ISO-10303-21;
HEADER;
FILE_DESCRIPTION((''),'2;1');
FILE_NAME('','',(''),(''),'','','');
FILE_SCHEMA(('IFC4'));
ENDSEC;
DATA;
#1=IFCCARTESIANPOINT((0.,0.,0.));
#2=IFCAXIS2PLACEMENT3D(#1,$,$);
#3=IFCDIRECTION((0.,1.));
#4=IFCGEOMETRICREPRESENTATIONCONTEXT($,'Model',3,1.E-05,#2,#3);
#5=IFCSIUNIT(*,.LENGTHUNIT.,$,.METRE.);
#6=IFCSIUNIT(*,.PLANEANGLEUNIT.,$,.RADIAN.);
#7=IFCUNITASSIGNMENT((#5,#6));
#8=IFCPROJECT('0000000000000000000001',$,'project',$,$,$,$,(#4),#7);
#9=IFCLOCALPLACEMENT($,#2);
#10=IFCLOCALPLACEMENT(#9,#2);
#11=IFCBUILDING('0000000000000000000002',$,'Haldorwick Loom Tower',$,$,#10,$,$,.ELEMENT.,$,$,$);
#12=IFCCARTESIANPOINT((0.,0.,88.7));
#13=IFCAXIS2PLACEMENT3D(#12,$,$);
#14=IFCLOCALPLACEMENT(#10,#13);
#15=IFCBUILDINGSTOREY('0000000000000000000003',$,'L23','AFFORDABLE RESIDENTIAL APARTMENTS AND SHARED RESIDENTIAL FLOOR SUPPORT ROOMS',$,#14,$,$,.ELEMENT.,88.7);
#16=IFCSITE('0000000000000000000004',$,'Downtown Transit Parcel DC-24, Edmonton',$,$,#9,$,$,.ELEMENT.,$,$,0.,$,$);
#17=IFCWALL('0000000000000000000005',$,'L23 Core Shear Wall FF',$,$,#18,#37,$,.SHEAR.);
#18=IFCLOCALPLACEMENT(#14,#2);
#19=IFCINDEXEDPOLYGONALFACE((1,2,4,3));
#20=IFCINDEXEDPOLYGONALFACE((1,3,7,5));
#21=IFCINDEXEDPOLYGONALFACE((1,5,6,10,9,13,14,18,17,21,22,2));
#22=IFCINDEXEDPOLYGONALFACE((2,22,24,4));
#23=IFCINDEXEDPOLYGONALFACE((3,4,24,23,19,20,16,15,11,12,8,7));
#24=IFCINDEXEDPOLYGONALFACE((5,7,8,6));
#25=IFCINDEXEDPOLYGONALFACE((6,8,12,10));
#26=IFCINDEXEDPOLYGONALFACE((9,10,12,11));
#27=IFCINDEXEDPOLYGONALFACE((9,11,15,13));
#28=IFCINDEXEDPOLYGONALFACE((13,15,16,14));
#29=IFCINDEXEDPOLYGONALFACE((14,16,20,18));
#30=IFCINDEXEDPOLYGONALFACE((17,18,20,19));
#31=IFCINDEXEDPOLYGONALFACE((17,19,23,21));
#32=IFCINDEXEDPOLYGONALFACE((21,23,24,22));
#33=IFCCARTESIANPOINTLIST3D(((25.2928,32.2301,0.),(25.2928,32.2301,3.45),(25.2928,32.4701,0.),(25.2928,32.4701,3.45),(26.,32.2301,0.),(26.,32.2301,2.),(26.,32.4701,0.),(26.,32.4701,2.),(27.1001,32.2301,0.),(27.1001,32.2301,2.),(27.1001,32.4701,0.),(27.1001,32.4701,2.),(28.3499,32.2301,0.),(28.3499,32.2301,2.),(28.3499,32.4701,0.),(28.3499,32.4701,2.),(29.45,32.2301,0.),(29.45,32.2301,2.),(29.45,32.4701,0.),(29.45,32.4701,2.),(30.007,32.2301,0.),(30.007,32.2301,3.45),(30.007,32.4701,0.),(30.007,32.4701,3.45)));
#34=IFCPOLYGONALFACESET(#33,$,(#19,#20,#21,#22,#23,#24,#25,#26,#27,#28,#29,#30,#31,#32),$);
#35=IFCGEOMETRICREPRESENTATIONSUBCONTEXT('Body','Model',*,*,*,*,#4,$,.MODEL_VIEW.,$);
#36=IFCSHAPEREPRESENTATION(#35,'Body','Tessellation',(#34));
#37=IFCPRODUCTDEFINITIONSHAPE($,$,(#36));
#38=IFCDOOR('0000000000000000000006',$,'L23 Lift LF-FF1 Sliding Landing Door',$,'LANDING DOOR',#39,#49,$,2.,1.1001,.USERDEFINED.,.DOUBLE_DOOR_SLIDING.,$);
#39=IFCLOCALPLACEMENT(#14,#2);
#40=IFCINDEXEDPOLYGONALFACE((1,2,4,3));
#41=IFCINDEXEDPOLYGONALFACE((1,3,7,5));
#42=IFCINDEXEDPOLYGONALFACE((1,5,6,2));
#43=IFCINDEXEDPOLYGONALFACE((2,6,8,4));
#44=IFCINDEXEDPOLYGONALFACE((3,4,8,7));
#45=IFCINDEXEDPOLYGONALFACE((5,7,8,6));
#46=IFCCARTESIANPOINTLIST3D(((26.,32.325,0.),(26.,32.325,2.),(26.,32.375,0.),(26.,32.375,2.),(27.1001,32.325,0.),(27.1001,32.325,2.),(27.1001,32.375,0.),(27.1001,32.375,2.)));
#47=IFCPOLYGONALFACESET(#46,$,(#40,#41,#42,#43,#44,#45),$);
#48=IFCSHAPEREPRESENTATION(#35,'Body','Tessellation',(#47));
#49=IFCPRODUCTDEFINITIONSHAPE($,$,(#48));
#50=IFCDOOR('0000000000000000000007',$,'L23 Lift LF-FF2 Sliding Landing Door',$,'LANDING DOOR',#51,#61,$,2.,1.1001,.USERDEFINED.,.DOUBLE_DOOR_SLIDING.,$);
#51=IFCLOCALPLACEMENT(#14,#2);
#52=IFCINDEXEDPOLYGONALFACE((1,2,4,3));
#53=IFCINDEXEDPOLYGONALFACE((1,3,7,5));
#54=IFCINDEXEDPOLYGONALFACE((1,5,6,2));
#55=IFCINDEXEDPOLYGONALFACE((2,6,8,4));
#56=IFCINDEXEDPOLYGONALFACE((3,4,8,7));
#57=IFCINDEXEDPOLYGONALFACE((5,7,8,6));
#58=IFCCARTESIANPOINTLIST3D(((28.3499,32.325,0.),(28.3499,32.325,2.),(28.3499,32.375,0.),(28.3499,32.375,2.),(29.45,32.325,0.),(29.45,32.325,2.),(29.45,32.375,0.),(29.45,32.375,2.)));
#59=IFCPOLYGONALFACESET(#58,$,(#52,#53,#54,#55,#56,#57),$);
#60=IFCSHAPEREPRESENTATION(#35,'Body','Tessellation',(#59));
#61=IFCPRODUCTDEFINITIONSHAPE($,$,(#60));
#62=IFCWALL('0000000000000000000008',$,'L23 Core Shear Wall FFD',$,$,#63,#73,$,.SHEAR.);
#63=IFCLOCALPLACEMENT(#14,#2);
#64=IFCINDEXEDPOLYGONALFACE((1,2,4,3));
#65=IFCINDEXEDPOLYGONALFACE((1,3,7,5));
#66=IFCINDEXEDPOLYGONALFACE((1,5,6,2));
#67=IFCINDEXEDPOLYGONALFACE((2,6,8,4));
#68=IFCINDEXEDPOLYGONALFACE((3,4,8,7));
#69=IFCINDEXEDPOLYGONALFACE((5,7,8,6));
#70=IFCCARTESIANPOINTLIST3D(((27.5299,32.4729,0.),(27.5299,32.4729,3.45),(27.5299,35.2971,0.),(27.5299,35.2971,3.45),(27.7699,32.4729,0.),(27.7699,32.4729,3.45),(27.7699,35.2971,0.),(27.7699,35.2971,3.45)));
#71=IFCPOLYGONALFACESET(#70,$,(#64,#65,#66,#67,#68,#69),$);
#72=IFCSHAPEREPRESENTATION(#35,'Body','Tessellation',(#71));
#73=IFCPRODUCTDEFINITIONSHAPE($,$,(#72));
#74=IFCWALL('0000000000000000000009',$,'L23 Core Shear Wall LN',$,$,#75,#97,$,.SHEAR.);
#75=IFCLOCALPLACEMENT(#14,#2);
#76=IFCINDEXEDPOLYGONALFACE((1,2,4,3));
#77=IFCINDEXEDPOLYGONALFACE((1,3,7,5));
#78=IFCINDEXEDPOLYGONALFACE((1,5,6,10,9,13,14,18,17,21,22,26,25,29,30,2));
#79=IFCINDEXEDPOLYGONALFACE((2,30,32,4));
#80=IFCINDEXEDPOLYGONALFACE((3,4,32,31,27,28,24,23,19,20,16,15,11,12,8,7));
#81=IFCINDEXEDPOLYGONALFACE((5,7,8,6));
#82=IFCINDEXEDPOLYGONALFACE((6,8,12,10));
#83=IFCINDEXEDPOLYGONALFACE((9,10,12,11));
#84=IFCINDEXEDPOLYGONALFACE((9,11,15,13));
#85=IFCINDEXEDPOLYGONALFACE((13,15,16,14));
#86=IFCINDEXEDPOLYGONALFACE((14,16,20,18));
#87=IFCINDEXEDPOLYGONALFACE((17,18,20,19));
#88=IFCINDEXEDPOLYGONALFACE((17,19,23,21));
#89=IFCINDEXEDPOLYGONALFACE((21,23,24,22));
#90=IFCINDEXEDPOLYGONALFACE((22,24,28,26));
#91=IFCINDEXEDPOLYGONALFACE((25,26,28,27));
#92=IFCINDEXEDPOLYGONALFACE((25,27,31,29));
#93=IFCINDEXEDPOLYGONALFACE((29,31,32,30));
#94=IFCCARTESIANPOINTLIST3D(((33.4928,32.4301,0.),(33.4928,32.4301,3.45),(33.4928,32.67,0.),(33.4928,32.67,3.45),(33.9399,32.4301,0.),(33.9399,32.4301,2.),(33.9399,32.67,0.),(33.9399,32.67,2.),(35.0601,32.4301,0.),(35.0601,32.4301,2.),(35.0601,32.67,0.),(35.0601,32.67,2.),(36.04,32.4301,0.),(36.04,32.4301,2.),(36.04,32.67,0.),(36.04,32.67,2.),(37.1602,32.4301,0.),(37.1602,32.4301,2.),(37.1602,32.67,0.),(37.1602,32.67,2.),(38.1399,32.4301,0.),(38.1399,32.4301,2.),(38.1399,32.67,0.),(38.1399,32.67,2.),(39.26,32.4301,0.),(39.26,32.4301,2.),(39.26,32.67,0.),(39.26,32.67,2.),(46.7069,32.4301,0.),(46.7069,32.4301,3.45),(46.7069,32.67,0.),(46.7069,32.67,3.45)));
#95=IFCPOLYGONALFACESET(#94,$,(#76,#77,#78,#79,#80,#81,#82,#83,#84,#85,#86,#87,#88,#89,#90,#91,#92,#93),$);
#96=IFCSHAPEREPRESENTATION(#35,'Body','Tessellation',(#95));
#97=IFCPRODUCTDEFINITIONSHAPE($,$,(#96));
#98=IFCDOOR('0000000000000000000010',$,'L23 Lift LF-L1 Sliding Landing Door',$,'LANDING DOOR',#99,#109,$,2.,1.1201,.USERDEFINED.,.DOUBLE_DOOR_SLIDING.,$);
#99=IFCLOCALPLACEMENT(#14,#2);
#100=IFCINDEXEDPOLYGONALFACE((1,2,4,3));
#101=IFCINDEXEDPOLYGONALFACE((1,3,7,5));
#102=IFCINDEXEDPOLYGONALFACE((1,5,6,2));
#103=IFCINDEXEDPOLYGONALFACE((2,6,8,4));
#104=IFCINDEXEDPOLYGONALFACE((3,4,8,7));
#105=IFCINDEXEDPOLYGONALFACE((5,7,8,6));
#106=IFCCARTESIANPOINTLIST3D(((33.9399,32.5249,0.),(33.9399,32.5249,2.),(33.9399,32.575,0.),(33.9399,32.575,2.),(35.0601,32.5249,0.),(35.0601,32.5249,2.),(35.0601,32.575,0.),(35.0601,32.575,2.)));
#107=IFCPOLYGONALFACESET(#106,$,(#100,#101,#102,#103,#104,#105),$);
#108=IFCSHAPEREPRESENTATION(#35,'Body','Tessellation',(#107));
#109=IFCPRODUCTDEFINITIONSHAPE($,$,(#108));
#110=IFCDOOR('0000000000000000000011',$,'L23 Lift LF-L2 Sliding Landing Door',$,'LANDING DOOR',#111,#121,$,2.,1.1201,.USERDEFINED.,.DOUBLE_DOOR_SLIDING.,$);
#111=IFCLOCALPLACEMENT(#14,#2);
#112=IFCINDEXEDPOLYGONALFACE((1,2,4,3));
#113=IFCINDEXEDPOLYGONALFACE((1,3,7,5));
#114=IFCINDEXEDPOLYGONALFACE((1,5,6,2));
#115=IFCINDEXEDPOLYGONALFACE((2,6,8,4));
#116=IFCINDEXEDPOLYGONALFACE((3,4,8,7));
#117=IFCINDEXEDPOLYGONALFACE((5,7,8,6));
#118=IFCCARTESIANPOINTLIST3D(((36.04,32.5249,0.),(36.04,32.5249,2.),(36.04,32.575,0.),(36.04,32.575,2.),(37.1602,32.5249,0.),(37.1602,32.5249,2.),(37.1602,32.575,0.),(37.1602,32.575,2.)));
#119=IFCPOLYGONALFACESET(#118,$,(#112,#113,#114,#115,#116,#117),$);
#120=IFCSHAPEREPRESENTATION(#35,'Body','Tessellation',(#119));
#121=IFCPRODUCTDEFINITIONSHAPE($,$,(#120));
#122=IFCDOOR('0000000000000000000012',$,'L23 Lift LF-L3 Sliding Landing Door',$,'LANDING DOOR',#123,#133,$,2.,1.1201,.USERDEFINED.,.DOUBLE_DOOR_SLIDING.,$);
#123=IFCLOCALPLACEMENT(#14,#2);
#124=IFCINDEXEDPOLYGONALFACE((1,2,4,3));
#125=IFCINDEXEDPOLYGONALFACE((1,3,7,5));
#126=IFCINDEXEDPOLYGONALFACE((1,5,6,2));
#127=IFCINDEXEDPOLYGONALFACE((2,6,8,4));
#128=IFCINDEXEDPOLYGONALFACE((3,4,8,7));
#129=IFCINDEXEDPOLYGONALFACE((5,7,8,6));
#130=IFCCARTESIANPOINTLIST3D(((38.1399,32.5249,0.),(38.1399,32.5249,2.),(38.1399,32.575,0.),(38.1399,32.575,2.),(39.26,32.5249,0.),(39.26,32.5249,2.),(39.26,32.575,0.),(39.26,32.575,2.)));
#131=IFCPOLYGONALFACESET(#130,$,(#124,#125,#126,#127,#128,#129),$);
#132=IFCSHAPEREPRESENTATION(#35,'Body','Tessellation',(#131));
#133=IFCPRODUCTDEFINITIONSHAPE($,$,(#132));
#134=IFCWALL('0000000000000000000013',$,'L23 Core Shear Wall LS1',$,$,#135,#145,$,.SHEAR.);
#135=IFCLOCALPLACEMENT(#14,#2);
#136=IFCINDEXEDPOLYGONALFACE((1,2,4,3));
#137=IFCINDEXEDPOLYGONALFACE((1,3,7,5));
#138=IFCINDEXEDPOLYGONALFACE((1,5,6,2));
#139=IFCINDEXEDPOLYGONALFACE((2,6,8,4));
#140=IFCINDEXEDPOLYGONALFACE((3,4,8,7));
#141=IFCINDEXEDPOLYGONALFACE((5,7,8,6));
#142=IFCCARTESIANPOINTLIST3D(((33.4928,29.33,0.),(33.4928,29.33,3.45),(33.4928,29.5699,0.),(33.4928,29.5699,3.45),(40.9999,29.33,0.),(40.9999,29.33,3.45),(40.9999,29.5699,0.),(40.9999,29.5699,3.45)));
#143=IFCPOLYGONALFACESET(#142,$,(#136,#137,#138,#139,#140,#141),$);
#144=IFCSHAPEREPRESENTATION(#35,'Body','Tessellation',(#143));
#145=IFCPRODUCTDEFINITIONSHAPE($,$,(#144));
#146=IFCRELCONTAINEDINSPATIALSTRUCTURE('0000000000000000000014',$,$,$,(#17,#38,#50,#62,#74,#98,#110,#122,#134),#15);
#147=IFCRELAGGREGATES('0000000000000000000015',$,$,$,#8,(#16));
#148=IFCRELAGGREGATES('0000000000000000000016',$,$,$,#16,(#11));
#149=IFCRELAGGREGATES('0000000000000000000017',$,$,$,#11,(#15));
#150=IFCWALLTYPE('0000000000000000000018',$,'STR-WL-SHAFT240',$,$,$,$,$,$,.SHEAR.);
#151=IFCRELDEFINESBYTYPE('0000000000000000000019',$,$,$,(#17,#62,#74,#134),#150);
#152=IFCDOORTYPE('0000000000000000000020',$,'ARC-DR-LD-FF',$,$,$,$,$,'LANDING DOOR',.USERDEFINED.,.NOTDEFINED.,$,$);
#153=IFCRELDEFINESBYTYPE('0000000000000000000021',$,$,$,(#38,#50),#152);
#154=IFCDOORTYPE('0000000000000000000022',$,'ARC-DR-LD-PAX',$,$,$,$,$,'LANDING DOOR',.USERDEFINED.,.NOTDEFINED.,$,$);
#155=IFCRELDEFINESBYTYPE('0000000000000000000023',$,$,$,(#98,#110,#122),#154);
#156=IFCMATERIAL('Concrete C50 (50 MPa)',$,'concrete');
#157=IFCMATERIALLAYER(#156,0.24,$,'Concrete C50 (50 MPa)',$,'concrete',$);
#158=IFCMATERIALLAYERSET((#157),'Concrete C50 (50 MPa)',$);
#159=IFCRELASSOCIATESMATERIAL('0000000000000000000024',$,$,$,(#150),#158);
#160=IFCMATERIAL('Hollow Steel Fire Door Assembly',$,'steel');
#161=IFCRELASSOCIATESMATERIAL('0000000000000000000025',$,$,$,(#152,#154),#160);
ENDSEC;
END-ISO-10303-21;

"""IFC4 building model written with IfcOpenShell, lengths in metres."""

from ifc_helpers import new_model, si_unit, direction, frame, frame_2d, origin, place, context, subcontext, project, spatial, rectangle, extrude, material, layer, layer_set, type_object, element, fill, save


model = new_model("IFC4")

# Units and contexts
model_context = context("Model", 3, precision=1e-05, world=origin(), true_north=direction((0.0, 1.0)))
body_context = subcontext(model_context, "Body", "Model", "MODEL_VIEW")
ifc_project = project(units=[si_unit("LENGTHUNIT", "METRE"), si_unit("PLANEANGLEUNIT", "RADIAN")], contexts=[model_context])

# Site, building, storey
site_placement = place(None, origin())
site = spatial("IfcSite", under=ifc_project, at=site_placement, Name="Downtown Transit Parcel DC-24, Edmonton", CompositionType="ELEMENT", RefElevation=0.0)
building_placement = place(site_placement, origin())
building = spatial("IfcBuilding", under=site, at=building_placement, Name="Haldorwick Loom Tower", CompositionType="ELEMENT")
storey_placement = place(building_placement, frame((0.0, 0.0, 88.7)))
storey = spatial("IfcBuildingStorey", under=building, at=storey_placement, Name="L23", Description="AFFORDABLE RESIDENTIAL APARTMENTS AND SHARED RESIDENTIAL FLOOR SUPPORT ROOMS", CompositionType="ELEMENT", Elevation=88.7)

# Shared definitions
ifc_material_1 = material(Name="Concrete C50 (50 MPa)", Category="concrete")
ifc_layer_1 = layer(ifc_material_1, 0.24, Name="Concrete C50 (50 MPa)", Category="concrete")
ifc_layer_set_1 = layer_set([ifc_layer_1], Name="Concrete C50 (50 MPa)")
wall_type_1 = type_object("IfcWallType", Name="STR-WL-SHAFT240", PredefinedType="SHEAR", material=ifc_layer_set_1)

# Wall, openings, doors
wall_1_placement = place(storey_placement, frame((25.293, 32.3501, 0.0), z_axis=(0.0, 0.0, 1.0), x_axis=(1.0, 0.0, 0.0)))
wall_1 = element("IfcWall", 1, at=wall_1_placement, inside=storey, type_object=wall_type_1, Name="L23 Core Shear Wall FF", PredefinedType="SHEAR", context=body_context, shape_type="SweptSolid", body=[
    extrude(rectangle(XDim=4.7141, YDim=0.24, at=frame_2d((2.3569, 0.0))), origin(), (0.0, 0.0, 1.0), 3.45),
])
opening_1_placement = place(wall_1_placement, frame((0.707, 0.0, 0.0)))
opening_1 = element("IfcOpeningElement", 2, at=opening_1_placement, cuts=wall_1, PredefinedType="OPENING", context=body_context, shape_type="SweptSolid", body=[
    extrude(rectangle(XDim=1.1001, YDim=2.0, at=frame_2d((0.55, 1.0))), frame((0.0, 0.1299, 0.0), z_axis=(0.0, -1.0, 0.0), x_axis=(1.0, 0.0, 0.0)), (0.0, 0.0, 1.0), 0.26),
])
opening_2_placement = place(wall_1_placement, frame((3.0569, 0.0, 0.0)))
opening_2 = element("IfcOpeningElement", 3, at=opening_2_placement, cuts=wall_1, PredefinedType="OPENING", context=body_context, shape_type="SweptSolid", body=[
    extrude(rectangle(XDim=1.1001, YDim=2.0, at=frame_2d((0.55, 1.0))), frame((0.0, 0.1299, 0.0), z_axis=(0.0, -1.0, 0.0), x_axis=(1.0, 0.0, 0.0)), (0.0, 0.0, 1.0), 0.26),
])
ifc_material_2 = material(Name="Hollow Steel Fire Door Assembly", Category="steel")
door_type_1 = type_object("IfcDoorType", Name="ARC-DR-LD-FF", ElementType="LANDING DOOR", OperationType="NOTDEFINED", PredefinedType="USERDEFINED", material=ifc_material_2)
door_1_placement = place(opening_1_placement, origin())
door_1 = element("IfcDoor", 4, at=door_1_placement, inside=storey, type_object=door_type_1, Name="L23 Lift LF-FF1 Sliding Landing Door", ObjectType="LANDING DOOR", OperationType="DOUBLE_DOOR_SLIDING", OverallHeight=2.0, OverallWidth=1.1001, PredefinedType="USERDEFINED", context=body_context, shape_type="SweptSolid", body=[
    extrude(rectangle(XDim=1.1001, YDim=2.0, at=frame_2d((0.55, 1.0))), frame((0.0, 0.0249, 0.0), z_axis=(0.0, -1.0, 0.0), x_axis=(1.0, 0.0, 0.0)), (0.0, 0.0, 1.0), 0.05),
])
fill(opening_1, door_1)
door_2_placement = place(opening_2_placement, origin())
door_2 = element("IfcDoor", 5, at=door_2_placement, inside=storey, type_object=door_type_1, Name="L23 Lift LF-FF2 Sliding Landing Door", ObjectType="LANDING DOOR", OperationType="DOUBLE_DOOR_SLIDING", OverallHeight=2.0, OverallWidth=1.1001, PredefinedType="USERDEFINED", context=body_context, shape_type="SweptSolid", body=[
    extrude(rectangle(XDim=1.1001, YDim=2.0, at=frame_2d((0.55, 1.0))), frame((0.0, 0.0249, 0.0), z_axis=(0.0, -1.0, 0.0), x_axis=(1.0, 0.0, 0.0)), (0.0, 0.0, 1.0), 0.05),
])
fill(opening_2, door_2)

# Wall
wall_2_placement = place(storey_placement, frame((27.6499, 32.4729, 0.0), z_axis=(0.0, 0.0, 1.0), x_axis=(0.0, 1.0, 0.0)))
element("IfcWall", 6, at=wall_2_placement, inside=storey, type_object=wall_type_1, Name="L23 Core Shear Wall FFD", PredefinedType="SHEAR", context=body_context, shape_type="SweptSolid", body=[
    extrude(rectangle(XDim=2.8242, YDim=0.24, at=frame_2d((1.4121, 0.0))), origin(), (0.0, 0.0, 1.0), 3.45),
])

# Wall, openings, doors
wall_3_placement = place(storey_placement, frame((33.4929, 32.55, 0.0), z_axis=(0.0, 0.0, 1.0), x_axis=(1.0, 0.0, 0.0)))
wall_3 = element("IfcWall", 7, at=wall_3_placement, inside=storey, type_object=wall_type_1, Name="L23 Core Shear Wall LN", PredefinedType="SHEAR", context=body_context, shape_type="SweptSolid", body=[
    extrude(rectangle(XDim=13.2141, YDim=0.24, at=frame_2d((6.6069, 0.0))), origin(), (0.0, 0.0, 1.0), 3.45),
])
opening_3_placement = place(wall_3_placement, frame((0.447, 0.0, 0.0)))
opening_3 = element("IfcOpeningElement", 8, at=opening_3_placement, cuts=wall_3, PredefinedType="OPENING", context=body_context, shape_type="SweptSolid", body=[
    extrude(rectangle(XDim=1.1201, YDim=2.0, at=frame_2d((0.5601, 1.0))), frame((0.0, 0.1299, 0.0), z_axis=(0.0, -1.0, 0.0), x_axis=(1.0, 0.0, 0.0)), (0.0, 0.0, 1.0), 0.26),
])
opening_4_placement = place(wall_3_placement, frame((2.5471, 0.0, 0.0)))
opening_4 = element("IfcOpeningElement", 9, at=opening_4_placement, cuts=wall_3, PredefinedType="OPENING", context=body_context, shape_type="SweptSolid", body=[
    extrude(rectangle(XDim=1.1201, YDim=2.0, at=frame_2d((0.5601, 1.0))), frame((0.0, 0.1299, 0.0), z_axis=(0.0, -1.0, 0.0), x_axis=(1.0, 0.0, 0.0)), (0.0, 0.0, 1.0), 0.26),
])
opening_5_placement = place(wall_3_placement, frame((4.647, 0.0, 0.0)))
opening_5 = element("IfcOpeningElement", 10, at=opening_5_placement, cuts=wall_3, PredefinedType="OPENING", context=body_context, shape_type="SweptSolid", body=[
    extrude(rectangle(XDim=1.1201, YDim=2.0, at=frame_2d((0.5601, 1.0))), frame((0.0, 0.1299, 0.0), z_axis=(0.0, -1.0, 0.0), x_axis=(1.0, 0.0, 0.0)), (0.0, 0.0, 1.0), 0.26),
])
door_type_2 = type_object("IfcDoorType", Name="ARC-DR-LD-PAX", ElementType="LANDING DOOR", OperationType="NOTDEFINED", PredefinedType="USERDEFINED", material=ifc_material_2)
door_3_placement = place(opening_3_placement, origin())
door_3 = element("IfcDoor", 11, at=door_3_placement, inside=storey, type_object=door_type_2, Name="L23 Lift LF-L1 Sliding Landing Door", ObjectType="LANDING DOOR", OperationType="DOUBLE_DOOR_SLIDING", OverallHeight=2.0, OverallWidth=1.1201, PredefinedType="USERDEFINED", context=body_context, shape_type="SweptSolid", body=[
    extrude(rectangle(XDim=1.1201, YDim=2.0, at=frame_2d((0.5601, 1.0))), frame((0.0, 0.0249, 0.0), z_axis=(0.0, -1.0, 0.0), x_axis=(1.0, 0.0, 0.0)), (0.0, 0.0, 1.0), 0.05),
])
fill(opening_3, door_3)
door_4_placement = place(opening_4_placement, origin())
door_4 = element("IfcDoor", 12, at=door_4_placement, inside=storey, type_object=door_type_2, Name="L23 Lift LF-L2 Sliding Landing Door", ObjectType="LANDING DOOR", OperationType="DOUBLE_DOOR_SLIDING", OverallHeight=2.0, OverallWidth=1.1201, PredefinedType="USERDEFINED", context=body_context, shape_type="SweptSolid", body=[
    extrude(rectangle(XDim=1.1201, YDim=2.0, at=frame_2d((0.5601, 1.0))), frame((0.0, 0.0249, 0.0), z_axis=(0.0, -1.0, 0.0), x_axis=(1.0, 0.0, 0.0)), (0.0, 0.0, 1.0), 0.05),
])
fill(opening_4, door_4)
door_5_placement = place(opening_5_placement, origin())
door_5 = element("IfcDoor", 13, at=door_5_placement, inside=storey, type_object=door_type_2, Name="L23 Lift LF-L3 Sliding Landing Door", ObjectType="LANDING DOOR", OperationType="DOUBLE_DOOR_SLIDING", OverallHeight=2.0, OverallWidth=1.1201, PredefinedType="USERDEFINED", context=body_context, shape_type="SweptSolid", body=[
    extrude(rectangle(XDim=1.1201, YDim=2.0, at=frame_2d((0.5601, 1.0))), frame((0.0, 0.0249, 0.0), z_axis=(0.0, -1.0, 0.0), x_axis=(1.0, 0.0, 0.0)), (0.0, 0.0, 1.0), 0.05),
])
fill(opening_5, door_5)

# Wall
wall_4_placement = place(storey_placement, frame((33.4929, 29.45, 0.0), z_axis=(0.0, 0.0, 1.0), x_axis=(1.0, 0.0, 0.0)))
element("IfcWall", 14, at=wall_4_placement, inside=storey, type_object=wall_type_1, Name="L23 Core Shear Wall LS1", PredefinedType="SHEAR", context=body_context, shape_type="SweptSolid", body=[
    extrude(rectangle(XDim=7.5071, YDim=0.24, at=frame_2d((3.7534, 0.0))), origin(), (0.0, 0.0, 1.0), 3.45),
])

save(model, "model.ifc")
